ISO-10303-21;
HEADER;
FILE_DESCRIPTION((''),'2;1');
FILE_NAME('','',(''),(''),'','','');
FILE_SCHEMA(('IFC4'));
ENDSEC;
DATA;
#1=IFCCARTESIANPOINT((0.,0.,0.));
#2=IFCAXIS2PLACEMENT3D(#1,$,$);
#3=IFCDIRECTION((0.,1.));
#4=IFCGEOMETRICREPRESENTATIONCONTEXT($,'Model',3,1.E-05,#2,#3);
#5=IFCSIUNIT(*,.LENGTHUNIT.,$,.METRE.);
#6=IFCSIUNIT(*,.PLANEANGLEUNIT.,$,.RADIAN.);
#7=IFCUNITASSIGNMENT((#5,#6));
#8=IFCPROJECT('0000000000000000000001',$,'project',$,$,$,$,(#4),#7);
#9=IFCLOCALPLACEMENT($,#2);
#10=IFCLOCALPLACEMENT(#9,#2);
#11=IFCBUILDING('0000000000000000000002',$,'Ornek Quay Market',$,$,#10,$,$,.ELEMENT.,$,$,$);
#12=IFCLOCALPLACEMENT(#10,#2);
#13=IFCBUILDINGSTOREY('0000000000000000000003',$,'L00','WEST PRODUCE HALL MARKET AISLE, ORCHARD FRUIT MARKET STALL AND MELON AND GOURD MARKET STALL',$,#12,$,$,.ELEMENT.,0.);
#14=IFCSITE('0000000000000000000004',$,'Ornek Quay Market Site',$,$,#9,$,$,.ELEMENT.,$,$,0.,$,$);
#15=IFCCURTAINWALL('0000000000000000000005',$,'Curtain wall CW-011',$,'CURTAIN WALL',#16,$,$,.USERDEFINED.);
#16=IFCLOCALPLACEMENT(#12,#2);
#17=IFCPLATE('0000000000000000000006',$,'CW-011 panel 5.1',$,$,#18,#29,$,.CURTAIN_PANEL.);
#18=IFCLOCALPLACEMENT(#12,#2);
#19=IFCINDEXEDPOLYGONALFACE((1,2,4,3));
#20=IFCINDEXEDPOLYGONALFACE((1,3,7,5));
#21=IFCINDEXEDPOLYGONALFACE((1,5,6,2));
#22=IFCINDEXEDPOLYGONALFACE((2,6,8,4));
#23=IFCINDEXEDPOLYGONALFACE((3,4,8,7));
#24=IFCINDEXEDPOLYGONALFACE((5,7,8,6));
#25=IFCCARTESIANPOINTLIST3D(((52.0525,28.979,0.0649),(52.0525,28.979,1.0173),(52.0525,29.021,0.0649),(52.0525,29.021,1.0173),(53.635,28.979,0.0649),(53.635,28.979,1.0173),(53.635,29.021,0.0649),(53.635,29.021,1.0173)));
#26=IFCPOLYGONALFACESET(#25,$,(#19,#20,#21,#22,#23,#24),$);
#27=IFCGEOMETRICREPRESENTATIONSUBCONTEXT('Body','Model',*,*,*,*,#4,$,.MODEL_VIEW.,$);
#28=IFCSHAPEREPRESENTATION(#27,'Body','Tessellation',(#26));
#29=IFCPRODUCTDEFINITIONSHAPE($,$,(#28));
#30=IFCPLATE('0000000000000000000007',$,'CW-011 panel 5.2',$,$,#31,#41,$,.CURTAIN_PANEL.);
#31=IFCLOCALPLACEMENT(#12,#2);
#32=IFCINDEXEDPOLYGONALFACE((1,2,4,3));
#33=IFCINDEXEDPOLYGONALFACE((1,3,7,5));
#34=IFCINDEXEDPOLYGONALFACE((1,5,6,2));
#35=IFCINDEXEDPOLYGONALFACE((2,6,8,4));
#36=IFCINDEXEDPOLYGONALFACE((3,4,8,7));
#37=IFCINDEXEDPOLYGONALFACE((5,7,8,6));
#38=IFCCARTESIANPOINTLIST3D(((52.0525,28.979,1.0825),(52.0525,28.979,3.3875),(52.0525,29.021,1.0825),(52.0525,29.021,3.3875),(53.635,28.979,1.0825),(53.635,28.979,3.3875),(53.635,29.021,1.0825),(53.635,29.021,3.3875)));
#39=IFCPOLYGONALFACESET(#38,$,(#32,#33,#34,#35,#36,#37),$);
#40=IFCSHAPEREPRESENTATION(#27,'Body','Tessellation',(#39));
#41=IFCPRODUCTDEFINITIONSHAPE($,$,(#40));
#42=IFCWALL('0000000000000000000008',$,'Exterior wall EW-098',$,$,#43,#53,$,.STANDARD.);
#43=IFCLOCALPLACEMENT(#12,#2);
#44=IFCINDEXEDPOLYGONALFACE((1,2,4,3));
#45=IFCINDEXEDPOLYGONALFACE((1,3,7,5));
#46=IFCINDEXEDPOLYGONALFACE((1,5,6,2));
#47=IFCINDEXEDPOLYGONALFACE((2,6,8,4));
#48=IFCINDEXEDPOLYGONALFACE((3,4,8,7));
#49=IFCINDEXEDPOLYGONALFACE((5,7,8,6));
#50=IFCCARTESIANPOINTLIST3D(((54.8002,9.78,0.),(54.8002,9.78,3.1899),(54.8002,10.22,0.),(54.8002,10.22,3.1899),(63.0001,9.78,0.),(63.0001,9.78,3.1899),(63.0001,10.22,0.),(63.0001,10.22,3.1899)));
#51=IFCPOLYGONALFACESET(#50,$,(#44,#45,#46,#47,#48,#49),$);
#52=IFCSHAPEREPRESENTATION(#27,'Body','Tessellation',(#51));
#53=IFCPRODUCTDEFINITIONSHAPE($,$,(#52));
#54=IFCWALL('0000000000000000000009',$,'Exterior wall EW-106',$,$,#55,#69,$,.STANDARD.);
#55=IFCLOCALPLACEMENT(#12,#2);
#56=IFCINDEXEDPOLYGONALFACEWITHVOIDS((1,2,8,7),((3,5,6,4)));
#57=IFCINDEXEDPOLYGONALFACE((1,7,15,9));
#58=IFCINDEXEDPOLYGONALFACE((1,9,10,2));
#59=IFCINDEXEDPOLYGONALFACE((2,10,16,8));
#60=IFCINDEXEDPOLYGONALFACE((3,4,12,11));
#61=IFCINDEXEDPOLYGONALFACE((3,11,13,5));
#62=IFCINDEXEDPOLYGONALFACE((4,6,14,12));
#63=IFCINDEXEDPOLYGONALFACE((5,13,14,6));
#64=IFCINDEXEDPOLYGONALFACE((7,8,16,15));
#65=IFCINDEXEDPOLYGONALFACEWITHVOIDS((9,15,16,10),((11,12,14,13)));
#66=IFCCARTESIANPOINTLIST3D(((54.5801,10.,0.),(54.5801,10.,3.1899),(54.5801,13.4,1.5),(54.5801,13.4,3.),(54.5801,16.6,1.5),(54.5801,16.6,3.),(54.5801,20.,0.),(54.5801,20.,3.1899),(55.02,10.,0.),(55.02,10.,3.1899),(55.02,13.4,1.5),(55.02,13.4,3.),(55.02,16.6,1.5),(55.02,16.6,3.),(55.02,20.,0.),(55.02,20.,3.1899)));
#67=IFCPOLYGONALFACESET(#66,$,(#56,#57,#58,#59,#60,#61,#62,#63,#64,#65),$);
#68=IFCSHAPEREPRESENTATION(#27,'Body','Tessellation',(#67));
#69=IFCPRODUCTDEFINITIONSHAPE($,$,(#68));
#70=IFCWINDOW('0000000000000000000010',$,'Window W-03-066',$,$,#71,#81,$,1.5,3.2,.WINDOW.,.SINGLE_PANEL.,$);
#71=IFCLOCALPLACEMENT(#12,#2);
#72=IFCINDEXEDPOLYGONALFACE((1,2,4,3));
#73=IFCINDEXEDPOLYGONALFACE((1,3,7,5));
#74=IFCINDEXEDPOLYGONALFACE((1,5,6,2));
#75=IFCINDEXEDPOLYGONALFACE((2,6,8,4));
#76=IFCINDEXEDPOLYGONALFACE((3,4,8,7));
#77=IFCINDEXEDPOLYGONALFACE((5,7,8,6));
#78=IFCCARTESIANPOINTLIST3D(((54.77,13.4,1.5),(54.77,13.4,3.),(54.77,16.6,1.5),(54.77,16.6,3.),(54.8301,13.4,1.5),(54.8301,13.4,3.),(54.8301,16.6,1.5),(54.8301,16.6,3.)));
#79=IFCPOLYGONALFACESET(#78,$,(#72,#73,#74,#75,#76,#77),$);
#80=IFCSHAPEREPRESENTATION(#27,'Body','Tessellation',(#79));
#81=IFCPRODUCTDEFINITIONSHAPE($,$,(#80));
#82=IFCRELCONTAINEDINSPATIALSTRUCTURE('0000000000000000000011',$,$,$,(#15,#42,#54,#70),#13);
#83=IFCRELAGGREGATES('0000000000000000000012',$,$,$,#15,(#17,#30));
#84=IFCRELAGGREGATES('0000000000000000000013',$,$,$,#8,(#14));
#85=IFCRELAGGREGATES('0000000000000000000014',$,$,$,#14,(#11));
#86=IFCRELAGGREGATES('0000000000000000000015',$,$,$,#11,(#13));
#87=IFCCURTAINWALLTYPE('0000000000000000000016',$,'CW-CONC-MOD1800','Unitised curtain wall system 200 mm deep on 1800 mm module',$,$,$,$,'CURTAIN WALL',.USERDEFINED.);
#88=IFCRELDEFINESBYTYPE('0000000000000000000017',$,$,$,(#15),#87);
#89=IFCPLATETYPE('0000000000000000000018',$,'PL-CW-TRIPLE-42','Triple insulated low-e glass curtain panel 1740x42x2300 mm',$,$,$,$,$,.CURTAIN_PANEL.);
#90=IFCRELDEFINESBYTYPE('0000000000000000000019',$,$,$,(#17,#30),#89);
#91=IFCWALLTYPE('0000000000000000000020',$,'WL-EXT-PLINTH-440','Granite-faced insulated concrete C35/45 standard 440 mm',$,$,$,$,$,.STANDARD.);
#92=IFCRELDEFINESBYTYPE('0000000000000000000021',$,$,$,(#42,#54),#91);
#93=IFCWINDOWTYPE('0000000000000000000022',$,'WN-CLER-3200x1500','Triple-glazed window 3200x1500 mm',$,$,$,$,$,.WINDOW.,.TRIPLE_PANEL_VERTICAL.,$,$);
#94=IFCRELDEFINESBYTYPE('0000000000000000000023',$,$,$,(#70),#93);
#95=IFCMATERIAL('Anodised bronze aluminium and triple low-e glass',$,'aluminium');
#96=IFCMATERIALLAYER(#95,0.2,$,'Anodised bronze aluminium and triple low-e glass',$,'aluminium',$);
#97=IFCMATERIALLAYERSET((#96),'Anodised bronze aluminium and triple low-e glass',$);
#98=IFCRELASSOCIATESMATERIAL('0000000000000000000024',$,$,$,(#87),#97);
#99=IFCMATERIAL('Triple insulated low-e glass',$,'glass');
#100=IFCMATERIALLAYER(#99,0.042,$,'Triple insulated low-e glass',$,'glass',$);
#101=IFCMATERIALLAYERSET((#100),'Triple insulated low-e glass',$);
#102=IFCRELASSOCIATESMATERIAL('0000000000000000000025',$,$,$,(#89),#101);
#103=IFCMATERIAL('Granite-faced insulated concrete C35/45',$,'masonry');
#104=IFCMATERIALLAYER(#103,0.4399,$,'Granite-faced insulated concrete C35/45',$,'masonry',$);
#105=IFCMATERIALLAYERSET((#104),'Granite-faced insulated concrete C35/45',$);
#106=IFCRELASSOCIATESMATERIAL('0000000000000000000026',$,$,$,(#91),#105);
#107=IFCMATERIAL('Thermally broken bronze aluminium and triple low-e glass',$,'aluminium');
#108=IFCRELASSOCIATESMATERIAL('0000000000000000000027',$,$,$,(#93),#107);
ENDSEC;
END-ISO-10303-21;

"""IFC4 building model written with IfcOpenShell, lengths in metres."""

from ifc_helpers import new_model, si_unit, direction, frame, frame_2d, origin, origin_2d, place, context, subcontext, project, spatial, rectangle, extrude, material, layer, layer_set, type_object, element, fill, aggregate, save


model = new_model("IFC4")

# Units and contexts
model_context = context("Model", 3, precision=1e-05, world=origin(), true_north=direction((0.0, 1.0)))
body_context = subcontext(model_context, "Body", "Model", "MODEL_VIEW")
ifc_project = project(units=[si_unit("LENGTHUNIT", "METRE"), si_unit("PLANEANGLEUNIT", "RADIAN")], contexts=[model_context])

# Site, building, storey
site_placement = place(None, origin())
site = spatial("IfcSite", under=ifc_project, at=site_placement, Name="Ornek Quay Market Site", CompositionType="ELEMENT", RefElevation=0.0)
building_placement = place(site_placement, origin())
building = spatial("IfcBuilding", under=site, at=building_placement, Name="Ornek Quay Market", CompositionType="ELEMENT")
storey_placement = place(building_placement, origin())
storey = spatial("IfcBuildingStorey", under=building, at=storey_placement, Name="L00", Description="WEST PRODUCE HALL MARKET AISLE, ORCHARD FRUIT MARKET STALL AND MELON AND GOURD MARKET STALL", CompositionType="ELEMENT", Elevation=0.0)

# Shared definitions
ifc_material_1 = material(Name="Anodised bronze aluminium and triple low-e glass", Category="aluminium")

# Curtain wall
ifc_layer_1 = layer(ifc_material_1, 0.2, Name="Anodised bronze aluminium and triple low-e glass", Category="aluminium")
ifc_layer_set_1 = layer_set([ifc_layer_1], Name="Anodised bronze aluminium and triple low-e glass")
curtain_wall_type_1 = type_object("IfcCurtainWallType", Name="CW-CONC-MOD1800", Description="Unitised curtain wall system 200 mm deep on 1800 mm module", ElementType="CURTAIN WALL", PredefinedType="USERDEFINED", material=ifc_layer_set_1)
curtain_wall_1_placement = place(storey_placement, origin())
curtain_wall_1 = element("IfcCurtainWall", 1, at=curtain_wall_1_placement, inside=storey, type_object=curtain_wall_type_1, Name="Curtain wall CW-011", ObjectType="CURTAIN WALL", PredefinedType="USERDEFINED")

# Plates
ifc_material_2 = material(Name="Triple insulated low-e glass", Category="glass")
ifc_layer_2 = layer(ifc_material_2, 0.042, Name="Triple insulated low-e glass", Category="glass")
ifc_layer_set_2 = layer_set([ifc_layer_2], Name="Triple insulated low-e glass")
plate_type_1 = type_object("IfcPlateType", Name="PL-CW-TRIPLE-42", Description="Triple insulated low-e glass curtain panel 1740x42x2300 mm", PredefinedType="CURTAIN_PANEL", material=ifc_layer_set_2)
plate_1_placement = place(storey_placement, frame((52.8438, 29.0, 0.0649), z_axis=(0.0, 0.0, 1.0), x_axis=(1.0, 0.0, 0.0)))
plate_1 = element("IfcPlate", 2, at=plate_1_placement, type_object=plate_type_1, Name="CW-011 panel 5.1", PredefinedType="CURTAIN_PANEL", context=body_context, shape_type="SweptSolid", body=[
    extrude(rectangle(XDim=1.5825, YDim=0.042, at=origin_2d()), origin(), (0.0, 0.0, 1.0), 0.9524),
])
plate_2_placement = place(storey_placement, frame((52.8438, 29.0, 1.0825), z_axis=(0.0, 0.0, 1.0), x_axis=(1.0, 0.0, 0.0)))
plate_2 = element("IfcPlate", 3, at=plate_2_placement, type_object=plate_type_1, Name="CW-011 panel 5.2", PredefinedType="CURTAIN_PANEL", context=body_context, shape_type="SweptSolid", body=[
    extrude(rectangle(XDim=1.5825, YDim=0.042, at=origin_2d()), origin(), (0.0, 0.0, 1.0), 2.3049),
])
aggregate(curtain_wall_1, [plate_1, plate_2])

# Wall
ifc_material_3 = material(Name="Granite-faced insulated concrete C35/45", Category="masonry")
ifc_layer_3 = layer(ifc_material_3, 0.4399, Name="Granite-faced insulated concrete C35/45", Category="masonry")
ifc_layer_set_3 = layer_set([ifc_layer_3], Name="Granite-faced insulated concrete C35/45")
wall_type = type_object("IfcWallType", Name="WL-EXT-PLINTH-440", Description="Granite-faced insulated concrete C35/45 standard 440 mm", PredefinedType="STANDARD", material=ifc_layer_set_3)
wall_1_placement = place(storey_placement, frame((54.8, 10.0, 0.0), z_axis=(0.0, 0.0, 1.0), x_axis=(1.0, 0.0, 0.0)))
element("IfcWall", 4, at=wall_1_placement, inside=storey, type_object=wall_type, Name="Exterior wall EW-098", PredefinedType="STANDARD", context=body_context, shape_type="SweptSolid", body=[
    extrude(rectangle(XDim=8.2, YDim=0.4399, at=frame_2d((4.1001, 0.0))), origin(), (0.0, 0.0, 1.0), 3.1899),
])

# Wall, opening, window
wall_2_placement = place(storey_placement, frame((54.8, 10.0, 0.0), z_axis=(0.0, 0.0, 1.0), x_axis=(0.0, 1.0, 0.0)))
wall_2 = element("IfcWall", 5, at=wall_2_placement, inside=storey, type_object=wall_type, Name="Exterior wall EW-106", PredefinedType="STANDARD", context=body_context, shape_type="SweptSolid", body=[
    extrude(rectangle(XDim=10.0, YDim=0.4399, at=frame_2d((5.0, 0.0))), origin(), (0.0, 0.0, 1.0), 3.1899),
])
opening_placement = place(wall_2_placement, frame((3.3999, 0.0, 1.5)))
opening = element("IfcOpeningElement", 6, at=opening_placement, cuts=wall_2, PredefinedType="OPENING", context=body_context, shape_type="SweptSolid", body=[
    extrude(rectangle(XDim=3.2, YDim=1.5, at=frame_2d((1.6001, 0.75))), frame((0.0, 0.23, 0.0), z_axis=(0.0, -1.0, 0.0), x_axis=(1.0, 0.0, 0.0)), (0.0, 0.0, 1.0), 0.46),
])
ifc_material_4 = material(Name="Thermally broken bronze aluminium and triple low-e glass", Category="aluminium")
window_type = type_object("IfcWindowType", Name="WN-CLER-3200x1500", Description="Triple-glazed window 3200x1500 mm", PartitioningType="TRIPLE_PANEL_VERTICAL", PredefinedType="WINDOW", material=ifc_material_4)
window_placement = place(opening_placement, origin())
window = element("IfcWindow", 7, at=window_placement, inside=storey, type_object=window_type, Name="Window W-03-066", OverallHeight=1.5, OverallWidth=3.2, PartitioningType="SINGLE_PANEL", PredefinedType="WINDOW", context=body_context, shape_type="SweptSolid", body=[
    extrude(rectangle(XDim=3.2, YDim=1.5, at=frame_2d((1.6001, 0.75))), frame((0.0, 0.03, 0.0), z_axis=(0.0, -1.0, 0.0), x_axis=(1.0, 0.0, 0.0)), (0.0, 0.0, 1.0), 0.0601),
])
fill(opening, window)

save(model, "model.ifc")
